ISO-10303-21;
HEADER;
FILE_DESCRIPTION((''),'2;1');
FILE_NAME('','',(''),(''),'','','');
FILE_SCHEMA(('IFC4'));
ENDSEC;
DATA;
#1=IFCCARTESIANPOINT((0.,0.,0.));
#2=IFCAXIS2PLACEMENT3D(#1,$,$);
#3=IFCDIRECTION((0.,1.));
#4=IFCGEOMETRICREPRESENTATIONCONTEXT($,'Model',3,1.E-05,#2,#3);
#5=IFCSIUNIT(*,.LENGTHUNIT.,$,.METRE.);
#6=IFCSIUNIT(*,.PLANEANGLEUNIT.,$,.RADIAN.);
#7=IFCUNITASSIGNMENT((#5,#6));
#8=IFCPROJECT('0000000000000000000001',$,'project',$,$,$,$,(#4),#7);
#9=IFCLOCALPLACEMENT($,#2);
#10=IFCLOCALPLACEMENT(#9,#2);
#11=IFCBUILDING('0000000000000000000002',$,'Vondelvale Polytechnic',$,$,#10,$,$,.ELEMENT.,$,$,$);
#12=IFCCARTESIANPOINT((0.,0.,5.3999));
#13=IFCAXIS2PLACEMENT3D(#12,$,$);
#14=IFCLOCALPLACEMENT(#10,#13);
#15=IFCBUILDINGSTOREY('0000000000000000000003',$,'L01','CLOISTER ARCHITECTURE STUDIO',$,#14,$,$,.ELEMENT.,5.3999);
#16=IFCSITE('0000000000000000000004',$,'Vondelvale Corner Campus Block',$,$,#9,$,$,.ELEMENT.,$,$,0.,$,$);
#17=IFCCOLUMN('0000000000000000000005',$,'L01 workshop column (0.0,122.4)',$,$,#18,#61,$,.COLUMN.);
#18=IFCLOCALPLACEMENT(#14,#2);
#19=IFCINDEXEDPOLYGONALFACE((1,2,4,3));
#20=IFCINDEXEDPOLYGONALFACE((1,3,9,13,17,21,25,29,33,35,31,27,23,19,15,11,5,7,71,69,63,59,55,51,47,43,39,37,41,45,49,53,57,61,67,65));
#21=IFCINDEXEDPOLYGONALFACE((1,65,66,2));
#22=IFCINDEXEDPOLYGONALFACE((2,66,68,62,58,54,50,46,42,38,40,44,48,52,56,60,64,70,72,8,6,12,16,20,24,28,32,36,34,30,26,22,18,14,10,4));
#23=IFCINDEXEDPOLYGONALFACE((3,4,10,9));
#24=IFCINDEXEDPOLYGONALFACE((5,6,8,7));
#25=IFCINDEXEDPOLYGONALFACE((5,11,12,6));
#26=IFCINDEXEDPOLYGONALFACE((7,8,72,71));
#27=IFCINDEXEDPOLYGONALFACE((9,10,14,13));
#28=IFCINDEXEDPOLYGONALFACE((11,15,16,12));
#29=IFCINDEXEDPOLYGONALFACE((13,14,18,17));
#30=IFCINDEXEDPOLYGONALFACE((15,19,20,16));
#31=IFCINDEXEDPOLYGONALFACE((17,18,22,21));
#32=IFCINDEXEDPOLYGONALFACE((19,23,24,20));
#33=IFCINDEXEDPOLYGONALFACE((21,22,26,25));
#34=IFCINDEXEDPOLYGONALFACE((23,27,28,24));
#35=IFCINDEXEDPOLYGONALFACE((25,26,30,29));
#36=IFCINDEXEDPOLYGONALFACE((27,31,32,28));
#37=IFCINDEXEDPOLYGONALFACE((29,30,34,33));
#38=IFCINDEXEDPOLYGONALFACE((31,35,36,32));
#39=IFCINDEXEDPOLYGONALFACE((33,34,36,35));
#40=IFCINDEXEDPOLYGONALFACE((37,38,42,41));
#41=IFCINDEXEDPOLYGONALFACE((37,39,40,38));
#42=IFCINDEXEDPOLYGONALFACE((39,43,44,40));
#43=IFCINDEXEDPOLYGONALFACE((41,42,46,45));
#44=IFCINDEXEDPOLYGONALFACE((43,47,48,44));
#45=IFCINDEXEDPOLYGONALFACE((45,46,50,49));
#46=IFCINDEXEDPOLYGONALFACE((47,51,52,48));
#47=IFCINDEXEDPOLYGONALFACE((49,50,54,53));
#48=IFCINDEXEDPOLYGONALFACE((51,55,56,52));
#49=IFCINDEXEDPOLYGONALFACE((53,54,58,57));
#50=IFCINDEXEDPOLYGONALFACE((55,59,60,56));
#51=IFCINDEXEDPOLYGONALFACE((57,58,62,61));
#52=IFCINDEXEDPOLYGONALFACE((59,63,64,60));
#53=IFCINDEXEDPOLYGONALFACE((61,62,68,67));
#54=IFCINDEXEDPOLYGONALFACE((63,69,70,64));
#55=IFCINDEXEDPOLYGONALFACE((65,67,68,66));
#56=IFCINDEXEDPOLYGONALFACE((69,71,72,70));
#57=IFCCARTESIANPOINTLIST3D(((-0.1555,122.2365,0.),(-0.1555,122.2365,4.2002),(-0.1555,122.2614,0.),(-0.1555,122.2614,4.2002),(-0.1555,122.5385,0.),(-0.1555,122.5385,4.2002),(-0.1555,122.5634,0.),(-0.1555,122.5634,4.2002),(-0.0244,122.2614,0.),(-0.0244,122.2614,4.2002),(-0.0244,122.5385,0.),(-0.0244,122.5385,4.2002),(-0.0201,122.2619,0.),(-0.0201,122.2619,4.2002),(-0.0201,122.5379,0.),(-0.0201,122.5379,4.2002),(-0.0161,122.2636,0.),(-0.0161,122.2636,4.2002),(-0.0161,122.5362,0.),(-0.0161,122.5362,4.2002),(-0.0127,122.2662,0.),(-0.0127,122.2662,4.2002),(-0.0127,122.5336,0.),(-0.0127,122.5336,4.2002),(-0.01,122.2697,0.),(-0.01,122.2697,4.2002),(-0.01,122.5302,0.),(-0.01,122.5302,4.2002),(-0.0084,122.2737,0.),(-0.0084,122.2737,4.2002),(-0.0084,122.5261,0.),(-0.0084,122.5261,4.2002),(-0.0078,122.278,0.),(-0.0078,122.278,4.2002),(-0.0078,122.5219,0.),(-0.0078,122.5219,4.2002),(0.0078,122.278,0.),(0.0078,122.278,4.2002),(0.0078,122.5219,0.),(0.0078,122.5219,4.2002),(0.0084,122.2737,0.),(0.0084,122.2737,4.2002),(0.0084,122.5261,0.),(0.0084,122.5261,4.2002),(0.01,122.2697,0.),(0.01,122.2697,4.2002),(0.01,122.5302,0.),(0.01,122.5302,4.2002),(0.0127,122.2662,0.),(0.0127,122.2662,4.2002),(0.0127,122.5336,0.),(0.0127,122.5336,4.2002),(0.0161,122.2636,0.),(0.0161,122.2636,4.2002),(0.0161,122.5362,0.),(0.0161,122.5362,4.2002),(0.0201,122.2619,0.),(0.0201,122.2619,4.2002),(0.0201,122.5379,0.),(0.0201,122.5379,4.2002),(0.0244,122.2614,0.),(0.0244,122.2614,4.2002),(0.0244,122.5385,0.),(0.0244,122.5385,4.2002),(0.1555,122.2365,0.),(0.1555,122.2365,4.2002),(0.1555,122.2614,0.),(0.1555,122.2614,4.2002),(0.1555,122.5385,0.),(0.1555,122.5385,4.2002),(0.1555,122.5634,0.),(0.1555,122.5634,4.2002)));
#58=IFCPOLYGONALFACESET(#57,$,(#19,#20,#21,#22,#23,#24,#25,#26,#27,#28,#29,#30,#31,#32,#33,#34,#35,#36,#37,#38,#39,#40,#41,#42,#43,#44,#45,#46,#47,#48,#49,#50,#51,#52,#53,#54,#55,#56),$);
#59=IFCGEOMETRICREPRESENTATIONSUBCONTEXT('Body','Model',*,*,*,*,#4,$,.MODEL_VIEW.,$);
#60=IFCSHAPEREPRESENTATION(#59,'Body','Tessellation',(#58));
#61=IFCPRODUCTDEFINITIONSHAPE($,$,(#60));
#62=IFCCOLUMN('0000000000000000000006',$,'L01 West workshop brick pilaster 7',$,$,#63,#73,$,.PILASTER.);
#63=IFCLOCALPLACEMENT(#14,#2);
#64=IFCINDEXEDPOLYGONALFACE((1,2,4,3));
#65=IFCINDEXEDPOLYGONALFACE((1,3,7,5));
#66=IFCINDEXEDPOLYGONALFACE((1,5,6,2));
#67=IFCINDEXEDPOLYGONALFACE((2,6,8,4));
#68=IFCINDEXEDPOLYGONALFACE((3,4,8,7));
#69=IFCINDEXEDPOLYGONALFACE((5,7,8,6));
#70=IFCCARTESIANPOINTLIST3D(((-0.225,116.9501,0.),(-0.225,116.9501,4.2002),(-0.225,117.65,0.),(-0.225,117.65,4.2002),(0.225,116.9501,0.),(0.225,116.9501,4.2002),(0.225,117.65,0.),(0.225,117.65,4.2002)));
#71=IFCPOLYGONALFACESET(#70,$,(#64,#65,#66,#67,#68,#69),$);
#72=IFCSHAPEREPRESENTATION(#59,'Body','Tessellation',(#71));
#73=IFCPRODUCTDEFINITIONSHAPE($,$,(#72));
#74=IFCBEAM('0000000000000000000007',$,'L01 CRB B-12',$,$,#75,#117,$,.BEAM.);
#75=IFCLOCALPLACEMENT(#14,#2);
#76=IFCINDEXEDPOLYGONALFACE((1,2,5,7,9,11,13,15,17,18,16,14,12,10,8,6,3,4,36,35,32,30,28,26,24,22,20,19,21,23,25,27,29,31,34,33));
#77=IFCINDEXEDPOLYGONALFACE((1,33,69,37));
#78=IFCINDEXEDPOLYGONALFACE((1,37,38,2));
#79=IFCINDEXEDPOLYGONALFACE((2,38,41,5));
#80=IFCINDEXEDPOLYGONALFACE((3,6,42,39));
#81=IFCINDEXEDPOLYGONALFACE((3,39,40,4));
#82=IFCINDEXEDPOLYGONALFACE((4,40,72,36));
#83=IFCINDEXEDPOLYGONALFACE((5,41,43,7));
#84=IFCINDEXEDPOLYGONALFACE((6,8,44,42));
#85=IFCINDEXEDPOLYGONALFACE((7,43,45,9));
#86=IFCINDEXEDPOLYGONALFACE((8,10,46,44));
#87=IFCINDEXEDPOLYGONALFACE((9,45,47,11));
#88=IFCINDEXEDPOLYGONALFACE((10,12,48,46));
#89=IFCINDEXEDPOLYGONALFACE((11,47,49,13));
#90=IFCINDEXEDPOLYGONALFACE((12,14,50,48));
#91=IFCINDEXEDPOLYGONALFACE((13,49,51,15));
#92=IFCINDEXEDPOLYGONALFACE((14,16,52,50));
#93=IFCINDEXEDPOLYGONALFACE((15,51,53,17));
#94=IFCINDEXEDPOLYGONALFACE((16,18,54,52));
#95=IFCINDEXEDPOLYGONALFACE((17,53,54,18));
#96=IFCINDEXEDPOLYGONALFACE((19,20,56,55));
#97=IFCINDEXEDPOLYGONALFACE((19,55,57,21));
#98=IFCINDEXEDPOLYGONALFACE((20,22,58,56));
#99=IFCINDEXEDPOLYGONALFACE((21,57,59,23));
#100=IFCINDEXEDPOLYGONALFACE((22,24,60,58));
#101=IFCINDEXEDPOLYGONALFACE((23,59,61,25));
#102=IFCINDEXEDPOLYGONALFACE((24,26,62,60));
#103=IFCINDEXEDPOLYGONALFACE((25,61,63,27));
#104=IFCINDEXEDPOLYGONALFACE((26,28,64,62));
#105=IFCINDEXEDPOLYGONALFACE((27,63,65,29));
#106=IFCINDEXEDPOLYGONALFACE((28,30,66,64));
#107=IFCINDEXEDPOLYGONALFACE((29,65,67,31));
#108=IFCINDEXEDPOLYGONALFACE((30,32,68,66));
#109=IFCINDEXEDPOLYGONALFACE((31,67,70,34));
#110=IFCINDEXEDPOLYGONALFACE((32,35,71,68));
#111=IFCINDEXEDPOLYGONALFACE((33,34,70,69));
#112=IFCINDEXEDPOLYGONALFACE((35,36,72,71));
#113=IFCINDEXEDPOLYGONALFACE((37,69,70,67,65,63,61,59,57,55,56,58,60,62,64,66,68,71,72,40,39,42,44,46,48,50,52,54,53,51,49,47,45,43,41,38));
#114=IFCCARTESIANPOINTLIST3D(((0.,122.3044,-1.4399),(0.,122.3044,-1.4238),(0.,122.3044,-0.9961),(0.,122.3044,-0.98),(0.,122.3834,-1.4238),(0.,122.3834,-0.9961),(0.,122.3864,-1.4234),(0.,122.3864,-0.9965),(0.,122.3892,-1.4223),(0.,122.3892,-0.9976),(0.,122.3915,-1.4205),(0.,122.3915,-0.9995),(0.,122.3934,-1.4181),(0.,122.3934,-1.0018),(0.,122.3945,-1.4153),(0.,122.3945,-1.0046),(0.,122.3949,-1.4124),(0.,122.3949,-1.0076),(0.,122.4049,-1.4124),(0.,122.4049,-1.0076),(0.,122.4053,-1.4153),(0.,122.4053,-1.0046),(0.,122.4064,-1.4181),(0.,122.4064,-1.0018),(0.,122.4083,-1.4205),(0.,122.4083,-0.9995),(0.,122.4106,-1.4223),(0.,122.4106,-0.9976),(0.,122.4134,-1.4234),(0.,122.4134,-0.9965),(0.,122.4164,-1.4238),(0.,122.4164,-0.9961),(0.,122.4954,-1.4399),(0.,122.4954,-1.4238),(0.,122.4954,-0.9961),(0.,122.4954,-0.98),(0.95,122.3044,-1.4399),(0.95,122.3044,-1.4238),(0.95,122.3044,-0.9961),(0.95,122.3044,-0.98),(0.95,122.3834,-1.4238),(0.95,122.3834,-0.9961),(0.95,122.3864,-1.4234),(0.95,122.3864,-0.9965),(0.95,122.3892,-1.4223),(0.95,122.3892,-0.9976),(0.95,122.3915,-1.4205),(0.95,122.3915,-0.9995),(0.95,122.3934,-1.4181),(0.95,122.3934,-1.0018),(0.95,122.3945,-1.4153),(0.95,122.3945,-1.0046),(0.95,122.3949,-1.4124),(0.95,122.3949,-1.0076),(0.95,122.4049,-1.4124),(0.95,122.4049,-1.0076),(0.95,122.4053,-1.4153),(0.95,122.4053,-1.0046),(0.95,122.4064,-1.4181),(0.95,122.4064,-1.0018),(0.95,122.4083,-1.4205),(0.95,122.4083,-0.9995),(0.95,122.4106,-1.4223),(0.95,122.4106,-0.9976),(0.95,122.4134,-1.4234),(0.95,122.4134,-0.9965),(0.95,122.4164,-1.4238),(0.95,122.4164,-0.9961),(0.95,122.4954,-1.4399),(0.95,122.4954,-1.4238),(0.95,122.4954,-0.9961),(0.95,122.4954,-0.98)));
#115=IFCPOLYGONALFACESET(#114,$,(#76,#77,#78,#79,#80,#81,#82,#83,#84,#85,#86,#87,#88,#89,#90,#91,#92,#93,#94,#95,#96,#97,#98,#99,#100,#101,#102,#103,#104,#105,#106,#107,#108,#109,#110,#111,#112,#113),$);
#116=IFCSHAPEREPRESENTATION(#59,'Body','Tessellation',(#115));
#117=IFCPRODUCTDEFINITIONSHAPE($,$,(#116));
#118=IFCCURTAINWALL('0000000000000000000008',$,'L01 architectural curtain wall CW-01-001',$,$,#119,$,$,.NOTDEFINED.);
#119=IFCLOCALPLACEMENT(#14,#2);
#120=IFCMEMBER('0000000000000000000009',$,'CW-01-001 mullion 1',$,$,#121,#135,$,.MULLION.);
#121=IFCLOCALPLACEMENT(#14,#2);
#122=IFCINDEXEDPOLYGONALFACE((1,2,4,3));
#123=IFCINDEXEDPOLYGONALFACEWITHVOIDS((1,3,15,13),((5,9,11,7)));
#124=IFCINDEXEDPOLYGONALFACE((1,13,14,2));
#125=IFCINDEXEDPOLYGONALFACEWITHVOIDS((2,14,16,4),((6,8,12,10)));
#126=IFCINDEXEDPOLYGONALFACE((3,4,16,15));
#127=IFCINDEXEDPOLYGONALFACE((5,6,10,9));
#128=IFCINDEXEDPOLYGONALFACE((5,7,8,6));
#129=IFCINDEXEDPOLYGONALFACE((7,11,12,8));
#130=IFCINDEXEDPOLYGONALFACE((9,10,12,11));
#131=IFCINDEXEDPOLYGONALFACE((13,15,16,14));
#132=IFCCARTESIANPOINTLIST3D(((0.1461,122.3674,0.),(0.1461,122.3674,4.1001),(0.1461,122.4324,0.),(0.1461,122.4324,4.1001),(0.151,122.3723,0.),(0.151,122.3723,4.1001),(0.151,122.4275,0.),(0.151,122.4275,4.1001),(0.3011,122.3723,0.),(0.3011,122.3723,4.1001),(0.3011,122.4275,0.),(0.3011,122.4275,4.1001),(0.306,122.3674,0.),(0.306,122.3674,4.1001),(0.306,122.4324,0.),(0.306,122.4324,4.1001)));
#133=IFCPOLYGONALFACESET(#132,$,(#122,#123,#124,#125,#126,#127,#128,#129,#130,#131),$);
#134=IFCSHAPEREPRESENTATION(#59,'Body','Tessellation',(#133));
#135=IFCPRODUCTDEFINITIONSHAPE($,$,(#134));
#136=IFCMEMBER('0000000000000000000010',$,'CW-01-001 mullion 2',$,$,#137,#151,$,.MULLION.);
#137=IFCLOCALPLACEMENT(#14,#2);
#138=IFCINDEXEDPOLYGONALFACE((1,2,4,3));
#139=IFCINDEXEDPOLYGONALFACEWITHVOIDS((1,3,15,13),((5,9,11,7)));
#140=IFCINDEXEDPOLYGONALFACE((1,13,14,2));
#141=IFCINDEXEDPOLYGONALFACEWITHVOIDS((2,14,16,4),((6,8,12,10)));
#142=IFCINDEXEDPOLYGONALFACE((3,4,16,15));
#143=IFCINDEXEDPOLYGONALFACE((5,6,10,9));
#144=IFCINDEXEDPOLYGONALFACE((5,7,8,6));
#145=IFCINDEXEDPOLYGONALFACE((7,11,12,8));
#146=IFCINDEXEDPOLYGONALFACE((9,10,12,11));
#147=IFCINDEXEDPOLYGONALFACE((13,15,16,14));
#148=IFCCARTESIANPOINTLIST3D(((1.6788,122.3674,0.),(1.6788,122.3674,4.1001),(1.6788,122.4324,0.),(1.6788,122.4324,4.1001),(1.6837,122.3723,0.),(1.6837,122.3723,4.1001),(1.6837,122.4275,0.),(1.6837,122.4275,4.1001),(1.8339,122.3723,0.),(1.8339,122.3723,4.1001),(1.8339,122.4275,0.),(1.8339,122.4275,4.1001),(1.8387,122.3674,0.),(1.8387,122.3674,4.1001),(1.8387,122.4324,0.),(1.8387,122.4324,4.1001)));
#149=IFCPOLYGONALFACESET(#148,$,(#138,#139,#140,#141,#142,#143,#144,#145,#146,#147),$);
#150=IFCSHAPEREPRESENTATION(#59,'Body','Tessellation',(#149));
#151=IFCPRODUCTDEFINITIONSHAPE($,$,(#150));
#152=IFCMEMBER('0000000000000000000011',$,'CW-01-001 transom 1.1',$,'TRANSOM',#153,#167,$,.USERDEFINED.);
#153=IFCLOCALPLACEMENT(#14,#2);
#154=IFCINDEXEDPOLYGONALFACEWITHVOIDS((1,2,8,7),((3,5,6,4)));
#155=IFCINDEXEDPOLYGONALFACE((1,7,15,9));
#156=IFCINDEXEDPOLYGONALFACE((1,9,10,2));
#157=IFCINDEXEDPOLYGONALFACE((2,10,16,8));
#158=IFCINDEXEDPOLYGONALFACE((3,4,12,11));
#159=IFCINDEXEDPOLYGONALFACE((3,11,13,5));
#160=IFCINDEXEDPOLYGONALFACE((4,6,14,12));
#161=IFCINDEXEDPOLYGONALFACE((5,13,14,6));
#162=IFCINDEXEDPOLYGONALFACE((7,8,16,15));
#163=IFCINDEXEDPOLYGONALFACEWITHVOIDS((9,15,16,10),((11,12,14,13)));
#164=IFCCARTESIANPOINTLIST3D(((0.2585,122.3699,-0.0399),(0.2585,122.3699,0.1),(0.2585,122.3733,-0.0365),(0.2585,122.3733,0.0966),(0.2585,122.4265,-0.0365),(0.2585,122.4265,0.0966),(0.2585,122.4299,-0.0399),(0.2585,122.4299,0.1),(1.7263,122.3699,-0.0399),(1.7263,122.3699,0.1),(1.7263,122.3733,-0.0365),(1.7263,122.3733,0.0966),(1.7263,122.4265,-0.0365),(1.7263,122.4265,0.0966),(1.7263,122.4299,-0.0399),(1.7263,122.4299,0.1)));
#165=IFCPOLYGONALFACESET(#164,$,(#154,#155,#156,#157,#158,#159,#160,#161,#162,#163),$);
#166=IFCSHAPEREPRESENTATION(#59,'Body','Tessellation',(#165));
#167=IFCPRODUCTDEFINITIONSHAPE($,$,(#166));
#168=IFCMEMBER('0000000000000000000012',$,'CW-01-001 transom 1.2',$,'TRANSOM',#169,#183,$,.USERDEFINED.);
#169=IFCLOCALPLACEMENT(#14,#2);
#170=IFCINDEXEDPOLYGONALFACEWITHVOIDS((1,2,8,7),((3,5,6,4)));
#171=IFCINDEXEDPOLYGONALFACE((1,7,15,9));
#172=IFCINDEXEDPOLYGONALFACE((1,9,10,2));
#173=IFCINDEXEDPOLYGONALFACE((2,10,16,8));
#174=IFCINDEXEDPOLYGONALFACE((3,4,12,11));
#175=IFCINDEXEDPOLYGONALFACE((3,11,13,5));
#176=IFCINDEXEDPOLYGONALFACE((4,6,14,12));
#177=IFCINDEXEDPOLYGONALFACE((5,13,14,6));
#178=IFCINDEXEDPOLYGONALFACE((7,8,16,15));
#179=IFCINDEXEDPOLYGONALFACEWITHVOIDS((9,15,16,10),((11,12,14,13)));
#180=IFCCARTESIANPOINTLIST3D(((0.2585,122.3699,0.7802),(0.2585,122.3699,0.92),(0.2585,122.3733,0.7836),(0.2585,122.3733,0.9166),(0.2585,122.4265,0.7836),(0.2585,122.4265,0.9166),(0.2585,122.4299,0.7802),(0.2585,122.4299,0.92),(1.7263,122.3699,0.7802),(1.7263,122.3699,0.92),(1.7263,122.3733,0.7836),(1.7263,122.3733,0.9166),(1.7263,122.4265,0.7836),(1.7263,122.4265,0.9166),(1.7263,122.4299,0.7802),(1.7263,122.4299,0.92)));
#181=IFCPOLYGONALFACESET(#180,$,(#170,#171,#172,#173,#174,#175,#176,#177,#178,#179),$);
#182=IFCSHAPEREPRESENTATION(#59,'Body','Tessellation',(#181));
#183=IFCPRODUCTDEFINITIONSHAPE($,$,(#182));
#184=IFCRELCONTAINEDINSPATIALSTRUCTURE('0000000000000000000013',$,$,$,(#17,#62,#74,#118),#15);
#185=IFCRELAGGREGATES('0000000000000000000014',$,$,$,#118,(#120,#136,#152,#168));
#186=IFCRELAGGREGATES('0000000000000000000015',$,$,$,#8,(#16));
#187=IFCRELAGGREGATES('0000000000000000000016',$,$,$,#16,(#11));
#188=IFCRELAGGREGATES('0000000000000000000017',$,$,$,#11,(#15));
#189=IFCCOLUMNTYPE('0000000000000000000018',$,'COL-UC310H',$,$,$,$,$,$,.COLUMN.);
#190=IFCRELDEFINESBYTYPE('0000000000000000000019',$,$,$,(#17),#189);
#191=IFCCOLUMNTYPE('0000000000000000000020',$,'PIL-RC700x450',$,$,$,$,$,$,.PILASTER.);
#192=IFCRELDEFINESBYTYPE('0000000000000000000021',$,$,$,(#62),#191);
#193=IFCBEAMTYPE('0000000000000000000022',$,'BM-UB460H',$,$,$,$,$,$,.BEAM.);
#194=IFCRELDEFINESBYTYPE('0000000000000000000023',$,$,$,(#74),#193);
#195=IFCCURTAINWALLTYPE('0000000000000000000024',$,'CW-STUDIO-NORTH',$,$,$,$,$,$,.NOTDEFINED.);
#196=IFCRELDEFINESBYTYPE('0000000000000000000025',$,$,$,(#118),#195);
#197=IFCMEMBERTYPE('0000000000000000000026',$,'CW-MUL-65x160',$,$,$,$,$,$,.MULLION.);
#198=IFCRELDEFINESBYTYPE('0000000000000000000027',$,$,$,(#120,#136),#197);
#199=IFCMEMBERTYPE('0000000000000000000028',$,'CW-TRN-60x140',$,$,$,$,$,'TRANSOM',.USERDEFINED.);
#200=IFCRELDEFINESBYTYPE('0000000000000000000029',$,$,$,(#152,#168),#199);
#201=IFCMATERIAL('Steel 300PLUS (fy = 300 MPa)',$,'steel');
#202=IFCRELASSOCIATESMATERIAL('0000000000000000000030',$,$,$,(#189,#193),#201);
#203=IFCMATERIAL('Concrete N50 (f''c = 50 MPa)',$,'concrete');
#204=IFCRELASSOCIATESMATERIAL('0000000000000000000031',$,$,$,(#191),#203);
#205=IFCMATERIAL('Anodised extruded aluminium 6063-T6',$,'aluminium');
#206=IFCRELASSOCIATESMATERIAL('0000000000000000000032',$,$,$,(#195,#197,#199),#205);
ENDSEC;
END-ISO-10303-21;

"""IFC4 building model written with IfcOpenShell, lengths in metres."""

from ifc_helpers import new_model, si_unit, direction, frame, origin, origin_2d, place, context, subcontext, project, spatial, rectangle, hollow_rectangle, i_section, extrude, material, material_profile, profile_set, type_object, element, aggregate, save


model = new_model("IFC4")

# Units and contexts
model_context = context("Model", 3, precision=1e-05, world=origin(), true_north=direction((0.0, 1.0)))
body_context = subcontext(model_context, "Body", "Model", "MODEL_VIEW")
ifc_project = project(units=[si_unit("LENGTHUNIT", "METRE"), si_unit("PLANEANGLEUNIT", "RADIAN")], contexts=[model_context])

# Site, building, storey
site_placement = place(None, origin())
site = spatial("IfcSite", under=ifc_project, at=site_placement, Name="Vondelvale Corner Campus Block", CompositionType="ELEMENT", RefElevation=0.0)
building_placement = place(site_placement, origin())
building = spatial("IfcBuilding", under=site, at=building_placement, Name="Vondelvale Polytechnic", CompositionType="ELEMENT")
storey_placement = place(building_placement, frame((0.0, 0.0, 5.3999)))
storey = spatial("IfcBuildingStorey", under=building, at=storey_placement, Name="L01", Description="CLOISTER ARCHITECTURE STUDIO", CompositionType="ELEMENT", Elevation=5.3999)

# Columns
ifc_material_1 = material(Name="Steel 300PLUS (fy = 300 MPa)", Category="steel")
ifc_material_profile_1 = material_profile(ifc_material_1, i_section(OverallWidth=0.311, OverallDepth=0.3269, WebThickness=0.0156, FlangeThickness=0.0249, FilletRadius=0.0166, at=origin_2d()), Name="310UC158")
ifc_profile_set_1 = profile_set([ifc_material_profile_1], Name="Steel 300PLUS (fy = 300 MPa)")
column_type_1 = type_object("IfcColumnType", Name="COL-UC310H", PredefinedType="COLUMN", material=ifc_profile_set_1)
column_1_placement = place(storey_placement, frame((0.0, 122.3999, 0.0), z_axis=(0.0, 0.0, 1.0), x_axis=(1.0, 0.0, 0.0)))
element("IfcColumn", 1, at=column_1_placement, inside=storey, type_object=column_type_1, Name="L01 workshop column (0.0,122.4)", PredefinedType="COLUMN", context=body_context, shape_type="SweptSolid", body=[
    extrude(i_section(OverallWidth=0.311, OverallDepth=0.3269, WebThickness=0.0156, FlangeThickness=0.0249, FilletRadius=0.0166, at=origin_2d()), origin(), (0.0, 0.0, 1.0), 4.2002),
])
ifc_material_2 = material(Name="Concrete N50 (f'c = 50 MPa)", Category="concrete")
ifc_material_profile_2 = material_profile(ifc_material_2, rectangle(XDim=0.45, YDim=0.7, at=origin_2d()), Name="RC-PIL-700x450")
ifc_profile_set_2 = profile_set([ifc_material_profile_2], Name="Concrete N50 (f'c = 50 MPa)")
column_type_2 = type_object("IfcColumnType", Name="PIL-RC700x450", PredefinedType="PILASTER", material=ifc_profile_set_2)
column_2_placement = place(storey_placement, frame((0.0, 117.3, 0.0), z_axis=(0.0, 0.0, 1.0), x_axis=(1.0, 0.0, 0.0)))
element("IfcColumn", 2, at=column_2_placement, inside=storey, type_object=column_type_2, Name="L01 West workshop brick pilaster 7", PredefinedType="PILASTER", context=body_context, shape_type="SweptSolid", body=[
    extrude(rectangle(XDim=0.45, YDim=0.7, at=origin_2d()), origin(), (0.0, 0.0, 1.0), 4.2002),
])

# Beam
ifc_material_profile_3 = material_profile(ifc_material_1, i_section(OverallWidth=0.1909, OverallDepth=0.46, WebThickness=0.01, FlangeThickness=0.0161, FilletRadius=0.0115, at=origin_2d()), Name="460UB82.1")
ifc_profile_set_3 = profile_set([ifc_material_profile_3], Name="Steel 300PLUS (fy = 300 MPa)")
beam_type_1 = type_object("IfcBeamType", Name="BM-UB460H", PredefinedType="BEAM", material=ifc_profile_set_3)
beam_1_placement = place(storey_placement, frame((0.0, 122.3999, -1.21), z_axis=(1.0, 0.0, 0.0), x_axis=(0.0, 1.0, 0.0)))
element("IfcBeam", 3, at=beam_1_placement, inside=storey, type_object=beam_type_1, Name="L01 CRB B-12", PredefinedType="BEAM", context=body_context, shape_type="SweptSolid", body=[
    extrude(i_section(OverallWidth=0.1909, OverallDepth=0.46, WebThickness=0.01, FlangeThickness=0.0161, FilletRadius=0.0115, at=origin_2d()), origin(), (0.0, 0.0, 1.0), 0.95),
])

# Curtain wall, members
ifc_material_3 = material(Name="Anodised extruded aluminium 6063-T6", Category="aluminium")
curtain_wall_type = type_object("IfcCurtainWallType", Name="CW-STUDIO-NORTH", PredefinedType="NOTDEFINED", material=ifc_material_3)
curtain_wall_placement = place(storey_placement, origin())
curtain_wall = element("IfcCurtainWall", 4, at=curtain_wall_placement, inside=storey, type_object=curtain_wall_type, Name="L01 architectural curtain wall CW-01-001", PredefinedType="NOTDEFINED")
ifc_material_profile_4 = material_profile(ifc_material_3, hollow_rectangle(XDim=0.0649, YDim=0.1599, WallThickness=0.0049, at=origin_2d()), Name="CW-MUL-160x65")
ifc_profile_set_4 = profile_set([ifc_material_profile_4], Name="Anodised extruded aluminium 6063-T6")
member_type_1 = type_object("IfcMemberType", Name="CW-MUL-65x160", PredefinedType="MULLION", material=ifc_profile_set_4)
member_1_placement = place(storey_placement, frame((0.2261, 122.3999, 0.0), z_axis=(0.0, 0.0, 1.0), x_axis=(0.0, 1.0, 0.0)))
member_1 = element("IfcMember", 5, at=member_1_placement, type_object=member_type_1, Name="CW-01-001 mullion 1", PredefinedType="MULLION", context=body_context, shape_type="SweptSolid", body=[
    extrude(hollow_rectangle(XDim=0.0649, YDim=0.1599, WallThickness=0.0049, at=origin_2d()), origin(), (0.0, 0.0, 1.0), 4.1001),
])
member_2_placement = place(storey_placement, frame((1.7588, 122.3999, 0.0), z_axis=(0.0, 0.0, 1.0), x_axis=(0.0, 1.0, 0.0)))
member_2 = element("IfcMember", 6, at=member_2_placement, type_object=member_type_1, Name="CW-01-001 mullion 2", PredefinedType="MULLION", context=body_context, shape_type="SweptSolid", body=[
    extrude(hollow_rectangle(XDim=0.0649, YDim=0.1599, WallThickness=0.0049, at=origin_2d()), origin(), (0.0, 0.0, 1.0), 4.1001),
])
ifc_material_profile_5 = material_profile(ifc_material_3, hollow_rectangle(XDim=0.0601, YDim=0.1399, WallThickness=0.0034, at=origin_2d()), Name="CW-TRN-140x60")
ifc_profile_set_5 = profile_set([ifc_material_profile_5], Name="Anodised extruded aluminium 6063-T6")
member_type_2 = type_object("IfcMemberType", Name="CW-TRN-60x140", ElementType="TRANSOM", PredefinedType="USERDEFINED", material=ifc_profile_set_5)
member_3_placement = place(storey_placement, frame((0.2585, 122.3999, 0.03), z_axis=(1.0, 0.0, 0.0), x_axis=(0.0, 1.0, 0.0)))
member_3 = element("IfcMember", 7, at=member_3_placement, type_object=member_type_2, Name="CW-01-001 transom 1.1", ObjectType="TRANSOM", PredefinedType="USERDEFINED", context=body_context, shape_type="SweptSolid", body=[
    extrude(hollow_rectangle(XDim=0.0601, YDim=0.1399, WallThickness=0.0034, at=origin_2d()), origin(), (0.0, 0.0, 1.0), 1.4678),
])
member_4_placement = place(storey_placement, frame((0.2585, 122.3999, 0.8501), z_axis=(1.0, 0.0, 0.0), x_axis=(0.0, 1.0, 0.0)))
member_4 = element("IfcMember", 8, at=member_4_placement, type_object=member_type_2, Name="CW-01-001 transom 1.2", ObjectType="TRANSOM", PredefinedType="USERDEFINED", context=body_context, shape_type="SweptSolid", body=[
    extrude(hollow_rectangle(XDim=0.0601, YDim=0.1399, WallThickness=0.0034, at=origin_2d()), origin(), (0.0, 0.0, 1.0), 1.4678),
])

aggregate(curtain_wall, [member_1, member_2, member_3, member_4])

save(model, "model.ifc")
